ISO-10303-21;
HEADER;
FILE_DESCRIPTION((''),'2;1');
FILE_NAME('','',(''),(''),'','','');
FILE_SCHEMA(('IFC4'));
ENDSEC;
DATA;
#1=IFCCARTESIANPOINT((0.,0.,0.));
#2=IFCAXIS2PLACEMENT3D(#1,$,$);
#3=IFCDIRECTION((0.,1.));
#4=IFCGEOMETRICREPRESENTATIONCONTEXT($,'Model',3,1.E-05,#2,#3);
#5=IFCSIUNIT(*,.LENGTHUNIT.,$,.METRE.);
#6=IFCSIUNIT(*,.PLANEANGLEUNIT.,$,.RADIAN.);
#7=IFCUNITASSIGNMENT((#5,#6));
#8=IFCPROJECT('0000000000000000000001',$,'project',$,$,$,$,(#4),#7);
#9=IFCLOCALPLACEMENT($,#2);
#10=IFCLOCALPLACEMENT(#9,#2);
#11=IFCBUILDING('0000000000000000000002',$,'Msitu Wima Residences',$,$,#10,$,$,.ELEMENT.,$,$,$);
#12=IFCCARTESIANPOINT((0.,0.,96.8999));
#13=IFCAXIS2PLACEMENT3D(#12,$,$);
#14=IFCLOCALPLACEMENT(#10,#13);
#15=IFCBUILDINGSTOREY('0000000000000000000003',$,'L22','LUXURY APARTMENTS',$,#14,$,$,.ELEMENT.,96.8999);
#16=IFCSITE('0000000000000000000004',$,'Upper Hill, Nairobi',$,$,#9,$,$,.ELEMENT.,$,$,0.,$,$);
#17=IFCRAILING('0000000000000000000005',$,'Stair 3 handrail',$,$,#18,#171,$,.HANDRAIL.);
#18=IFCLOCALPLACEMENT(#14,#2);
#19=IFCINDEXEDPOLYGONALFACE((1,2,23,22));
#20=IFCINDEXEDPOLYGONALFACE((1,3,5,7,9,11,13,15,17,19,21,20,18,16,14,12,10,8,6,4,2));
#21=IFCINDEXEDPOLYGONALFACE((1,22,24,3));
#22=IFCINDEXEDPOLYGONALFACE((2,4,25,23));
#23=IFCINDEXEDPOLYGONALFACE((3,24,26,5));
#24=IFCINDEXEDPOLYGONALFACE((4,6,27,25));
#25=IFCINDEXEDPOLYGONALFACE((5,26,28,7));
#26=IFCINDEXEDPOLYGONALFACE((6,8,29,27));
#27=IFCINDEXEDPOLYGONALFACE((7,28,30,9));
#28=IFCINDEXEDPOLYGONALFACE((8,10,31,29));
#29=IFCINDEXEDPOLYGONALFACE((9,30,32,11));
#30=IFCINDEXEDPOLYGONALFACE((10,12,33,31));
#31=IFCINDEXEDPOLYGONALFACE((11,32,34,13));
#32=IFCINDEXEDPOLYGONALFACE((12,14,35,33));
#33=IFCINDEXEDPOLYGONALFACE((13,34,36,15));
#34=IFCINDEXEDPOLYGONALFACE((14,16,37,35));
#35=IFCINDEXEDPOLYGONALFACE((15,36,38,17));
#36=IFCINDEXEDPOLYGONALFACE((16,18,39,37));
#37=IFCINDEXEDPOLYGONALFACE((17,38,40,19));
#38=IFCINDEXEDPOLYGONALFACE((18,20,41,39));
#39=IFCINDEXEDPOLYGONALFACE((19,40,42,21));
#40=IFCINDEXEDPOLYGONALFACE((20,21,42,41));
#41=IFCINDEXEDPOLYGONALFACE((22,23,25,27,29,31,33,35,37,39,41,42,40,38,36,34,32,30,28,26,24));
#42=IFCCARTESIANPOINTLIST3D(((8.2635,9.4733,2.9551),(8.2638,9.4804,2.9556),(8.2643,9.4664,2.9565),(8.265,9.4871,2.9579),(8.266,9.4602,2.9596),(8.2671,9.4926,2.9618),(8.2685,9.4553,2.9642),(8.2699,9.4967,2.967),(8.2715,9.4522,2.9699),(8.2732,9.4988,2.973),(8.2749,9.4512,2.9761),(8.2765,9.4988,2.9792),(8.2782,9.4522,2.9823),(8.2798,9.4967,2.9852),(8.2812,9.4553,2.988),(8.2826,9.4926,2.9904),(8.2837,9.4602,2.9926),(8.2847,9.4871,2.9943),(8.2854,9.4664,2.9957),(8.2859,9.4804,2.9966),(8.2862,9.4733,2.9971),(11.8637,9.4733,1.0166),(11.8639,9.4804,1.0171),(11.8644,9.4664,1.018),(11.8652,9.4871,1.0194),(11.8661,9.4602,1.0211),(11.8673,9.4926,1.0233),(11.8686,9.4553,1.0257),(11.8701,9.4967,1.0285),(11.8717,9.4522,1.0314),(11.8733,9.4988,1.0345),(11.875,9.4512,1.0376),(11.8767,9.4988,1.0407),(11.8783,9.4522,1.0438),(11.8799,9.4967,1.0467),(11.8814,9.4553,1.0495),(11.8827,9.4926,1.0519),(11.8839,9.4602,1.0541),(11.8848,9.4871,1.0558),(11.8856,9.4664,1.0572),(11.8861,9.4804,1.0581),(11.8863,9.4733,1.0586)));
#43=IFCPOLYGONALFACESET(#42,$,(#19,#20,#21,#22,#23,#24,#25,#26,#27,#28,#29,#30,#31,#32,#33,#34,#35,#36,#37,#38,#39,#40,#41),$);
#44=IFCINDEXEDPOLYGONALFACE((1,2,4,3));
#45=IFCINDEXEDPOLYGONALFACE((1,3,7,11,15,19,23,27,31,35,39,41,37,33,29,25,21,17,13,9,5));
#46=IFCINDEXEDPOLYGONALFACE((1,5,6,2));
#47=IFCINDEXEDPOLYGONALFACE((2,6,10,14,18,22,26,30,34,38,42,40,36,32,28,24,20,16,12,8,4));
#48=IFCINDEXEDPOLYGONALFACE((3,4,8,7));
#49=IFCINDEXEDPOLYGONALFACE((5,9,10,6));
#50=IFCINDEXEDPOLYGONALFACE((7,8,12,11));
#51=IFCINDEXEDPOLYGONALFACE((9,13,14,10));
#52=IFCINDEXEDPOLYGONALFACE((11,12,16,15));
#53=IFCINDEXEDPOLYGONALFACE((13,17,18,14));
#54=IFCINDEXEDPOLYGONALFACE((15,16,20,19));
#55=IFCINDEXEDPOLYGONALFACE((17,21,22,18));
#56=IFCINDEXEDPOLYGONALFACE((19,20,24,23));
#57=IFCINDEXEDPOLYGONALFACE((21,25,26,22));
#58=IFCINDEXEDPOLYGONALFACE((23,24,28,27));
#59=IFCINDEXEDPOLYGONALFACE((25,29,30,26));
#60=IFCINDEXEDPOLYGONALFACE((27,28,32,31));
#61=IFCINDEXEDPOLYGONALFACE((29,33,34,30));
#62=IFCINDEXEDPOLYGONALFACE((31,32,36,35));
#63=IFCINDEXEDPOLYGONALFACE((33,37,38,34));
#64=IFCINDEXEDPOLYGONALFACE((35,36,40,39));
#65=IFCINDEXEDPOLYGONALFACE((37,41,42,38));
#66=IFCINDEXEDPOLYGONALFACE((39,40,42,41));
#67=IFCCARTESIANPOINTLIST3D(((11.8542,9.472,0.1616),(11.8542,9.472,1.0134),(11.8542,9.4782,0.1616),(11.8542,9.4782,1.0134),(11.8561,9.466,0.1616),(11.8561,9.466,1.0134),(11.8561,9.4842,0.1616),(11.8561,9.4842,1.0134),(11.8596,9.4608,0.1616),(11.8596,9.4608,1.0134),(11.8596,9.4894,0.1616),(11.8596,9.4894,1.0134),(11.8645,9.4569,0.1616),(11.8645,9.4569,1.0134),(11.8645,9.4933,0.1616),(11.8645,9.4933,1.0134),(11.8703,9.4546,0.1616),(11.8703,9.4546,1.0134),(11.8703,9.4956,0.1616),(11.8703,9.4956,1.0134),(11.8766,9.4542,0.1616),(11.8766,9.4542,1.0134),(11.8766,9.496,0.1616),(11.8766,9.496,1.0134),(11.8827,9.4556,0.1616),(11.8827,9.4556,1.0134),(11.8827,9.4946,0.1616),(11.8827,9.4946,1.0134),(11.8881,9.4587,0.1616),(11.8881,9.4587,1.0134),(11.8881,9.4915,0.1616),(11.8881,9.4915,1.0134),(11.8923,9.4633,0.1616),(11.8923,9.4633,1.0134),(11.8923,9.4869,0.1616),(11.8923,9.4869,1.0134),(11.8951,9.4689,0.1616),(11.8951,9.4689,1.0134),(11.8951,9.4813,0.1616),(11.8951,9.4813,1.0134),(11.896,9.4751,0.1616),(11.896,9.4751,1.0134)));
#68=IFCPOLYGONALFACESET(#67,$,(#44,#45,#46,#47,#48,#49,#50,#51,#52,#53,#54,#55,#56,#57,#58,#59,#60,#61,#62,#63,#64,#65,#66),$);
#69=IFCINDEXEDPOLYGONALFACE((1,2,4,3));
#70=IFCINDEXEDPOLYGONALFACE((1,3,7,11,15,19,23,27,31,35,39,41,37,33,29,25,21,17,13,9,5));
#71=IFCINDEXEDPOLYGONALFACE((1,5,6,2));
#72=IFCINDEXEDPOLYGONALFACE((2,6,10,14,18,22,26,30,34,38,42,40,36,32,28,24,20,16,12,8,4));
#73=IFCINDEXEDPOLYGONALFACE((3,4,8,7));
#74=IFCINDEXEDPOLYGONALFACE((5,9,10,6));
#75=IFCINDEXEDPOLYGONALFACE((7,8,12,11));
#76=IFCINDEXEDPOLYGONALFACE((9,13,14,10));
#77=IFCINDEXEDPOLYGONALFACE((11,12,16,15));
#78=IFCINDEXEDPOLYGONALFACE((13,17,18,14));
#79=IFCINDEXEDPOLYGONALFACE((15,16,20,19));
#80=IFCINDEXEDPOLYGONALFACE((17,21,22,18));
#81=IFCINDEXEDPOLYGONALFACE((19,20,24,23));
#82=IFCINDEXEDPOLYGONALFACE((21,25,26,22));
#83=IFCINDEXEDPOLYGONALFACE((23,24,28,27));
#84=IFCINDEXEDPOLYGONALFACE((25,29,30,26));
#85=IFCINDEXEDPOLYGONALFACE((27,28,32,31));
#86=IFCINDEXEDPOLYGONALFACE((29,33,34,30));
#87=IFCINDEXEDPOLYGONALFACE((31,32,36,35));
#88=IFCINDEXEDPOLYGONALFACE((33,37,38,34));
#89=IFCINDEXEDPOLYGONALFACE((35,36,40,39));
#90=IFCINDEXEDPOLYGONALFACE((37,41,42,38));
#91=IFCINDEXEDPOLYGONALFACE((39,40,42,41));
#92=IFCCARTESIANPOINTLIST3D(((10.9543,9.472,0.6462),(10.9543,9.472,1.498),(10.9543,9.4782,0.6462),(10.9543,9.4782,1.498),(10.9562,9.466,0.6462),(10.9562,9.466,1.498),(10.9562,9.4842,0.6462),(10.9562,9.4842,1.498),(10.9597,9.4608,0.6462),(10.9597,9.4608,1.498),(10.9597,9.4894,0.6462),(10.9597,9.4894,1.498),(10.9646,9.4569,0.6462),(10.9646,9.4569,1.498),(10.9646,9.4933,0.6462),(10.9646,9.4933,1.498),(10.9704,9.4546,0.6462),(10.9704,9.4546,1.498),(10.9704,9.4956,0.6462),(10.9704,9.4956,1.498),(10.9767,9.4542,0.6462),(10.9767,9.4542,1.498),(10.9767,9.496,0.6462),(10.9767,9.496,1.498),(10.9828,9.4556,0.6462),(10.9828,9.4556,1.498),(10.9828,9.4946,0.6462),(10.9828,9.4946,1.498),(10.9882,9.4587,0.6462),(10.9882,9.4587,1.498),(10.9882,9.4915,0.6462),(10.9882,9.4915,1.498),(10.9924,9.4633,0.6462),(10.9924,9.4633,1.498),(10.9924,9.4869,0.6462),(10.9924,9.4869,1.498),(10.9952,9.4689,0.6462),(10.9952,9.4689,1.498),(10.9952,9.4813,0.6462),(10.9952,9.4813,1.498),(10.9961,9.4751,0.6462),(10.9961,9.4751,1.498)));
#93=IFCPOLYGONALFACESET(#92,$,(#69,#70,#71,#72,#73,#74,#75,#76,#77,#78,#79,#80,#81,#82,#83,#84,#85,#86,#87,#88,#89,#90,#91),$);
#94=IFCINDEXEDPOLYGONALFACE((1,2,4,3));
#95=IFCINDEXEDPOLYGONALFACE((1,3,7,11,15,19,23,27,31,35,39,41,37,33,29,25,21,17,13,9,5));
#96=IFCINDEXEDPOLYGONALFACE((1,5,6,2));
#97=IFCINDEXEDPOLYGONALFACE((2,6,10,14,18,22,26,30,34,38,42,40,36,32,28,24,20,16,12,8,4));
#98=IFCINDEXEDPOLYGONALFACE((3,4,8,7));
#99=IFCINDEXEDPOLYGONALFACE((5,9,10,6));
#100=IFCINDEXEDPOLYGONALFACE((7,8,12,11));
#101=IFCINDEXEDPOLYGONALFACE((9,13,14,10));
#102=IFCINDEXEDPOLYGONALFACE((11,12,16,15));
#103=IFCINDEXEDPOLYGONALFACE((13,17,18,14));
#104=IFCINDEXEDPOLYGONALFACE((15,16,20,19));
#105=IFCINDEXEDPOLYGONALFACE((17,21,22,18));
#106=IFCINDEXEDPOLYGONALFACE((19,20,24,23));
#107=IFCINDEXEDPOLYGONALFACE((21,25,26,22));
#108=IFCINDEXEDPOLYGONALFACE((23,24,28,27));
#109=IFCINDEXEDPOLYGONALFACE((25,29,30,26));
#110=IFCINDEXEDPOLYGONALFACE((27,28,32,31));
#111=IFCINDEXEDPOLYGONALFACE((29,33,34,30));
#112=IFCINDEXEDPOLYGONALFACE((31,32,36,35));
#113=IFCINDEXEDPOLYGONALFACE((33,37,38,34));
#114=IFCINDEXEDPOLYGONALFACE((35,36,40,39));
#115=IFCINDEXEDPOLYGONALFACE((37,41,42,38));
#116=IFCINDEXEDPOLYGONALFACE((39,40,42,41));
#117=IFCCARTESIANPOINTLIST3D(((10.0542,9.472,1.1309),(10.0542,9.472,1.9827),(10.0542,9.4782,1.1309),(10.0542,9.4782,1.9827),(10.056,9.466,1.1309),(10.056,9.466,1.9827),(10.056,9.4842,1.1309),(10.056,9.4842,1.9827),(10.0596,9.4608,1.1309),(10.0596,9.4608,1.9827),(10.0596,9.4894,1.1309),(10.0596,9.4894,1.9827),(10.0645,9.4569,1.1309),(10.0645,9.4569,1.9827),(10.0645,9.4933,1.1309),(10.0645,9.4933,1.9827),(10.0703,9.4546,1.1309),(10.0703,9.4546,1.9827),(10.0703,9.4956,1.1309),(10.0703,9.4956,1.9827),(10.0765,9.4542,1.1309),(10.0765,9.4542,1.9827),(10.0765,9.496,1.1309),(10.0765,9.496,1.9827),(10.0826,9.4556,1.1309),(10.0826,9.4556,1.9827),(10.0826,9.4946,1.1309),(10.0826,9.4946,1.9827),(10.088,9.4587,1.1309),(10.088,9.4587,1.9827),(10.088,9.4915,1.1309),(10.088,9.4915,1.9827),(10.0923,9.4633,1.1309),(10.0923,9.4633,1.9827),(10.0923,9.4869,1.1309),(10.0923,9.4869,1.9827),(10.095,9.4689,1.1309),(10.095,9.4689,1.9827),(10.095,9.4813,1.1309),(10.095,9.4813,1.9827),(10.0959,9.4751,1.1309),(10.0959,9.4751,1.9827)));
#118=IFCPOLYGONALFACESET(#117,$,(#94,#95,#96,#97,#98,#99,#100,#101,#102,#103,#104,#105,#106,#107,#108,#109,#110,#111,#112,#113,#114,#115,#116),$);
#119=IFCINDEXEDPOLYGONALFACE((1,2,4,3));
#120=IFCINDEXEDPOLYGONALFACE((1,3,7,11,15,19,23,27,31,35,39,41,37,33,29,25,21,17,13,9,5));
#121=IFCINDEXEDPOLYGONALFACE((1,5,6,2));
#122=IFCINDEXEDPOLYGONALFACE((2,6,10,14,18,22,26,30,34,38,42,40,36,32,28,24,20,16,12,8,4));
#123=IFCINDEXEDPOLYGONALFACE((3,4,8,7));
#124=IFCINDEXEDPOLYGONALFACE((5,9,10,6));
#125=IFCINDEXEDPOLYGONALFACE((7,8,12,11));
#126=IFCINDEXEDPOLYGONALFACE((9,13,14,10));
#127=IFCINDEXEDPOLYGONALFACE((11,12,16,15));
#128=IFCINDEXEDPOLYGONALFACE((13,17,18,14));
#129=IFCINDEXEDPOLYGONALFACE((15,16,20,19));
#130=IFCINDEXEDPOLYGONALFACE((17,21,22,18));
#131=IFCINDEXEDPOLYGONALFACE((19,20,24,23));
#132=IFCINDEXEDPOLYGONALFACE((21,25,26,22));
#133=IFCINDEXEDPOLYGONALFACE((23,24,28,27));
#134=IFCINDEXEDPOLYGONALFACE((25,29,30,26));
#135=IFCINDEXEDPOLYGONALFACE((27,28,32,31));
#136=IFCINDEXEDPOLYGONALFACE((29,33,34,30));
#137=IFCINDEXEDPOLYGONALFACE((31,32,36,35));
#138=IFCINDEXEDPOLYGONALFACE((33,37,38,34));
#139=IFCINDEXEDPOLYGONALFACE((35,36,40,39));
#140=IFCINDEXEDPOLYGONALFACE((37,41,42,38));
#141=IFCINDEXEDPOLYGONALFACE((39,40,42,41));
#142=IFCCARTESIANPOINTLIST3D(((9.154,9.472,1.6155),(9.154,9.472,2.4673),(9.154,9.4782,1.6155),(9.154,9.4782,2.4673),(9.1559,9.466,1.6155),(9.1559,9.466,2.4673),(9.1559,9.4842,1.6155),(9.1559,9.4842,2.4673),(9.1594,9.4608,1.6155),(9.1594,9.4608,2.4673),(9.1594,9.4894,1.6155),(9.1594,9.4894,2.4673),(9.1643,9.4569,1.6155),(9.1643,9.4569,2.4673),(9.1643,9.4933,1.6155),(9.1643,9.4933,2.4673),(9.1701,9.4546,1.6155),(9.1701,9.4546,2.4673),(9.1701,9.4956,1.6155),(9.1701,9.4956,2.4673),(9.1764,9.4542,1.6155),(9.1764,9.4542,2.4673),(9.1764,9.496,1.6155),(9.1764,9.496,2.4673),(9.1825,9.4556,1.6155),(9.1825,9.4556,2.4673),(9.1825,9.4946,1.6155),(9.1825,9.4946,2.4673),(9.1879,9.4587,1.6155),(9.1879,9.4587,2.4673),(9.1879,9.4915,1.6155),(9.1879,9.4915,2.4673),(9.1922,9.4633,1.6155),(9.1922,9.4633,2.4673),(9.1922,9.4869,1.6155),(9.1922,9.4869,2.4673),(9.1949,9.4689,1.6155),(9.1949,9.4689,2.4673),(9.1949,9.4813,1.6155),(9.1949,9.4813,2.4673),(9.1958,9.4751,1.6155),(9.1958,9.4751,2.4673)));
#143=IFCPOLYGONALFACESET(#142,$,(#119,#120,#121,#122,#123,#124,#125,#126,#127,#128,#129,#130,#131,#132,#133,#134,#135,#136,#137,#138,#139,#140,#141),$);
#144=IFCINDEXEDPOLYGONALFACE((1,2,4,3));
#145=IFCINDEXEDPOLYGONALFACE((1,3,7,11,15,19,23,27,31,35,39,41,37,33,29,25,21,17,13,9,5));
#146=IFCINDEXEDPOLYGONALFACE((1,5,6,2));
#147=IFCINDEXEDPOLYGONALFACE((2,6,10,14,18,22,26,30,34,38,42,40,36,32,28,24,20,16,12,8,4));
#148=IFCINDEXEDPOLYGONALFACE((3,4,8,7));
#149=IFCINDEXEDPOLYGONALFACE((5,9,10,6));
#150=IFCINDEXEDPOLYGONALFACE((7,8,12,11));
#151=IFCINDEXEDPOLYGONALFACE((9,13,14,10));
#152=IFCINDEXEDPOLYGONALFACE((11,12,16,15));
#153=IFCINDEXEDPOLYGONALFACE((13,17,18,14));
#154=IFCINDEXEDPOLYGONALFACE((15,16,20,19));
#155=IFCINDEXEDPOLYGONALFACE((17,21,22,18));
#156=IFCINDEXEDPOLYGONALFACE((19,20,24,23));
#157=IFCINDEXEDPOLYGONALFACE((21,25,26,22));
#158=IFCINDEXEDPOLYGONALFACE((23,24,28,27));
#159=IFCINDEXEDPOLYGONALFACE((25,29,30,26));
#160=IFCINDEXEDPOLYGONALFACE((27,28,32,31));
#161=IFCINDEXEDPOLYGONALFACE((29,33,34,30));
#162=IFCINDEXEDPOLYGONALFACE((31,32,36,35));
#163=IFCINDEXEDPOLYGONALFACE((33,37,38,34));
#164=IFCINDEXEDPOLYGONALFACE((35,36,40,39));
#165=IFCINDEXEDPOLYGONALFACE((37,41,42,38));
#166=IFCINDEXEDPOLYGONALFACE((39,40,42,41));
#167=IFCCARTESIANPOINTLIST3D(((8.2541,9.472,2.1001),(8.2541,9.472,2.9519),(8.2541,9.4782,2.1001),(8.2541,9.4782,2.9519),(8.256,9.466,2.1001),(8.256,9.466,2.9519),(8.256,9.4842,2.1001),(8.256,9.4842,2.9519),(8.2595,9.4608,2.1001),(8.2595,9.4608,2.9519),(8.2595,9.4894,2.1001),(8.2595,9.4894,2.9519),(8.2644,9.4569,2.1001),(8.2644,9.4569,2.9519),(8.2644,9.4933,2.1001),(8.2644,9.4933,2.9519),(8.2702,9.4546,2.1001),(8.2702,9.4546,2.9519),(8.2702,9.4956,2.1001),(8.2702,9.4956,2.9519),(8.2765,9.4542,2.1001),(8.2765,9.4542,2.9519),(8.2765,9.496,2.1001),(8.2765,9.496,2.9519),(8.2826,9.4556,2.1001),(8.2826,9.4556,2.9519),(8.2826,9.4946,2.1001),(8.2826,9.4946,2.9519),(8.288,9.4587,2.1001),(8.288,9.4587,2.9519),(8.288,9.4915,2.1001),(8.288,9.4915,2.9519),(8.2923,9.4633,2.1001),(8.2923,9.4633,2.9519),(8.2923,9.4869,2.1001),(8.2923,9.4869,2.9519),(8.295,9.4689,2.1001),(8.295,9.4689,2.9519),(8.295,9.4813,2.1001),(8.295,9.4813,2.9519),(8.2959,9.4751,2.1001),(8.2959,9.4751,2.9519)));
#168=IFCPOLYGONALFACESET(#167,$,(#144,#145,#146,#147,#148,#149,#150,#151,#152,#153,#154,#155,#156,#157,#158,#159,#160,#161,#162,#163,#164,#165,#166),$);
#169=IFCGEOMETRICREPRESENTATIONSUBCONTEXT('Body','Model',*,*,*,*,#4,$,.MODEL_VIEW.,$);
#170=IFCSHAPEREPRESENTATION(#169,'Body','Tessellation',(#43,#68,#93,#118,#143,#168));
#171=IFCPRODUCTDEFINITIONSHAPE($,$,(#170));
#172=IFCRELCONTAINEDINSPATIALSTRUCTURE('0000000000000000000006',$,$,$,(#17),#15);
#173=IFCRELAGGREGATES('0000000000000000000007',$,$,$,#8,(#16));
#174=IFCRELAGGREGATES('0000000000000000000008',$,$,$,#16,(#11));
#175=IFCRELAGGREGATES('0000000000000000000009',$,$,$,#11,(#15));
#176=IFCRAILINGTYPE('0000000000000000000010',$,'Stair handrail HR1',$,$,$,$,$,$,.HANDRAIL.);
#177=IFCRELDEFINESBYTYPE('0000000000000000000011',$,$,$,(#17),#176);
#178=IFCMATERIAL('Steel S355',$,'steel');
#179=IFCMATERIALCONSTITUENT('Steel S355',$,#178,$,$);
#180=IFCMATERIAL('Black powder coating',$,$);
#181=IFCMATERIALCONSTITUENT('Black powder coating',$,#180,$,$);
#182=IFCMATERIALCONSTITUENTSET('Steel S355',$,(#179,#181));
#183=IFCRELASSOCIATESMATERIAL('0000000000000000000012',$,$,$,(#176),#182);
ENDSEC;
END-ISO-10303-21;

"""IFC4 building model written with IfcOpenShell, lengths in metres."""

from ifc_helpers import new_model, si_unit, direction, frame, origin, origin_2d, place, context, subcontext, project, spatial, circle, extrude, material, constituent, constituent_set, type_object, element, save


model = new_model("IFC4")

# Units and contexts
model_context = context("Model", 3, precision=1e-05, world=origin(), true_north=direction((0.0, 1.0)))
body_context = subcontext(model_context, "Body", "Model", "MODEL_VIEW")
ifc_project = project(units=[si_unit("LENGTHUNIT", "METRE"), si_unit("PLANEANGLEUNIT", "RADIAN")], contexts=[model_context])

# Site, building, storey
site_placement = place(None, origin())
site = spatial("IfcSite", under=ifc_project, at=site_placement, Name="Upper Hill, Nairobi", CompositionType="ELEMENT", RefElevation=0.0)
building_placement = place(site_placement, origin())
building = spatial("IfcBuilding", under=site, at=building_placement, Name="Msitu Wima Residences", CompositionType="ELEMENT")
storey_placement = place(building_placement, frame((0.0, 0.0, 96.8999)))
storey = spatial("IfcBuildingStorey", under=building, at=storey_placement, Name="L22", Description="LUXURY APARTMENTS", CompositionType="ELEMENT", Elevation=96.8999)

# Railing
ifc_material_1 = material(Name="Steel S355", Category="steel")
ifc_constituent_1 = constituent(ifc_material_1, Name="Steel S355")
ifc_material_2 = material(Name="Black powder coating")
ifc_constituent_2 = constituent(ifc_material_2, Name="Black powder coating")
ifc_constituent_set = constituent_set(constituents=[ifc_constituent_1, ifc_constituent_2], Name="Steel S355")
railing_type = type_object("IfcRailingType", Name="Stair handrail HR1", PredefinedType="HANDRAIL", material=ifc_constituent_set)
for number, where, name in (
    (1, (11.875, 9.4751, 0.1616), "Stair 3 handrail"),
):
    element("IfcRailing", number, at=place(storey_placement, frame(where)), inside=storey, type_object=railing_type, Name=name, PredefinedType="HANDRAIL", context=body_context, shape_type="SweptSolid", body=[
        extrude(circle(Radius=0.0239, at=origin_2d()), frame((0.0, 0.0, 0.876), z_axis=(-0.880475, 0.0, 0.474093), x_axis=(0.0, -1.0, 0.0)), (0.0, 0.0, 1.0), 4.0889),
        extrude(circle(Radius=0.021, at=origin_2d()), origin(), (0.0, 0.0, 1.0), 0.8518),
        extrude(circle(Radius=0.021, at=origin_2d()), frame((-0.8999, 0.0, 0.4846)), (0.0, 0.0, 1.0), 0.8518),
        extrude(circle(Radius=0.021, at=origin_2d()), frame((-1.8, 0.0, 0.9692)), (0.0, 0.0, 1.0), 0.8518),
        extrude(circle(Radius=0.021, at=origin_2d()), frame((-2.7002, 0.0, 1.4539)), (0.0, 0.0, 1.0), 0.8518),
        extrude(circle(Radius=0.021, at=origin_2d()), frame((-3.6001, 0.0, 1.9385)), (0.0, 0.0, 1.0), 0.8518),
    ])

save(model, "model.ifc")
